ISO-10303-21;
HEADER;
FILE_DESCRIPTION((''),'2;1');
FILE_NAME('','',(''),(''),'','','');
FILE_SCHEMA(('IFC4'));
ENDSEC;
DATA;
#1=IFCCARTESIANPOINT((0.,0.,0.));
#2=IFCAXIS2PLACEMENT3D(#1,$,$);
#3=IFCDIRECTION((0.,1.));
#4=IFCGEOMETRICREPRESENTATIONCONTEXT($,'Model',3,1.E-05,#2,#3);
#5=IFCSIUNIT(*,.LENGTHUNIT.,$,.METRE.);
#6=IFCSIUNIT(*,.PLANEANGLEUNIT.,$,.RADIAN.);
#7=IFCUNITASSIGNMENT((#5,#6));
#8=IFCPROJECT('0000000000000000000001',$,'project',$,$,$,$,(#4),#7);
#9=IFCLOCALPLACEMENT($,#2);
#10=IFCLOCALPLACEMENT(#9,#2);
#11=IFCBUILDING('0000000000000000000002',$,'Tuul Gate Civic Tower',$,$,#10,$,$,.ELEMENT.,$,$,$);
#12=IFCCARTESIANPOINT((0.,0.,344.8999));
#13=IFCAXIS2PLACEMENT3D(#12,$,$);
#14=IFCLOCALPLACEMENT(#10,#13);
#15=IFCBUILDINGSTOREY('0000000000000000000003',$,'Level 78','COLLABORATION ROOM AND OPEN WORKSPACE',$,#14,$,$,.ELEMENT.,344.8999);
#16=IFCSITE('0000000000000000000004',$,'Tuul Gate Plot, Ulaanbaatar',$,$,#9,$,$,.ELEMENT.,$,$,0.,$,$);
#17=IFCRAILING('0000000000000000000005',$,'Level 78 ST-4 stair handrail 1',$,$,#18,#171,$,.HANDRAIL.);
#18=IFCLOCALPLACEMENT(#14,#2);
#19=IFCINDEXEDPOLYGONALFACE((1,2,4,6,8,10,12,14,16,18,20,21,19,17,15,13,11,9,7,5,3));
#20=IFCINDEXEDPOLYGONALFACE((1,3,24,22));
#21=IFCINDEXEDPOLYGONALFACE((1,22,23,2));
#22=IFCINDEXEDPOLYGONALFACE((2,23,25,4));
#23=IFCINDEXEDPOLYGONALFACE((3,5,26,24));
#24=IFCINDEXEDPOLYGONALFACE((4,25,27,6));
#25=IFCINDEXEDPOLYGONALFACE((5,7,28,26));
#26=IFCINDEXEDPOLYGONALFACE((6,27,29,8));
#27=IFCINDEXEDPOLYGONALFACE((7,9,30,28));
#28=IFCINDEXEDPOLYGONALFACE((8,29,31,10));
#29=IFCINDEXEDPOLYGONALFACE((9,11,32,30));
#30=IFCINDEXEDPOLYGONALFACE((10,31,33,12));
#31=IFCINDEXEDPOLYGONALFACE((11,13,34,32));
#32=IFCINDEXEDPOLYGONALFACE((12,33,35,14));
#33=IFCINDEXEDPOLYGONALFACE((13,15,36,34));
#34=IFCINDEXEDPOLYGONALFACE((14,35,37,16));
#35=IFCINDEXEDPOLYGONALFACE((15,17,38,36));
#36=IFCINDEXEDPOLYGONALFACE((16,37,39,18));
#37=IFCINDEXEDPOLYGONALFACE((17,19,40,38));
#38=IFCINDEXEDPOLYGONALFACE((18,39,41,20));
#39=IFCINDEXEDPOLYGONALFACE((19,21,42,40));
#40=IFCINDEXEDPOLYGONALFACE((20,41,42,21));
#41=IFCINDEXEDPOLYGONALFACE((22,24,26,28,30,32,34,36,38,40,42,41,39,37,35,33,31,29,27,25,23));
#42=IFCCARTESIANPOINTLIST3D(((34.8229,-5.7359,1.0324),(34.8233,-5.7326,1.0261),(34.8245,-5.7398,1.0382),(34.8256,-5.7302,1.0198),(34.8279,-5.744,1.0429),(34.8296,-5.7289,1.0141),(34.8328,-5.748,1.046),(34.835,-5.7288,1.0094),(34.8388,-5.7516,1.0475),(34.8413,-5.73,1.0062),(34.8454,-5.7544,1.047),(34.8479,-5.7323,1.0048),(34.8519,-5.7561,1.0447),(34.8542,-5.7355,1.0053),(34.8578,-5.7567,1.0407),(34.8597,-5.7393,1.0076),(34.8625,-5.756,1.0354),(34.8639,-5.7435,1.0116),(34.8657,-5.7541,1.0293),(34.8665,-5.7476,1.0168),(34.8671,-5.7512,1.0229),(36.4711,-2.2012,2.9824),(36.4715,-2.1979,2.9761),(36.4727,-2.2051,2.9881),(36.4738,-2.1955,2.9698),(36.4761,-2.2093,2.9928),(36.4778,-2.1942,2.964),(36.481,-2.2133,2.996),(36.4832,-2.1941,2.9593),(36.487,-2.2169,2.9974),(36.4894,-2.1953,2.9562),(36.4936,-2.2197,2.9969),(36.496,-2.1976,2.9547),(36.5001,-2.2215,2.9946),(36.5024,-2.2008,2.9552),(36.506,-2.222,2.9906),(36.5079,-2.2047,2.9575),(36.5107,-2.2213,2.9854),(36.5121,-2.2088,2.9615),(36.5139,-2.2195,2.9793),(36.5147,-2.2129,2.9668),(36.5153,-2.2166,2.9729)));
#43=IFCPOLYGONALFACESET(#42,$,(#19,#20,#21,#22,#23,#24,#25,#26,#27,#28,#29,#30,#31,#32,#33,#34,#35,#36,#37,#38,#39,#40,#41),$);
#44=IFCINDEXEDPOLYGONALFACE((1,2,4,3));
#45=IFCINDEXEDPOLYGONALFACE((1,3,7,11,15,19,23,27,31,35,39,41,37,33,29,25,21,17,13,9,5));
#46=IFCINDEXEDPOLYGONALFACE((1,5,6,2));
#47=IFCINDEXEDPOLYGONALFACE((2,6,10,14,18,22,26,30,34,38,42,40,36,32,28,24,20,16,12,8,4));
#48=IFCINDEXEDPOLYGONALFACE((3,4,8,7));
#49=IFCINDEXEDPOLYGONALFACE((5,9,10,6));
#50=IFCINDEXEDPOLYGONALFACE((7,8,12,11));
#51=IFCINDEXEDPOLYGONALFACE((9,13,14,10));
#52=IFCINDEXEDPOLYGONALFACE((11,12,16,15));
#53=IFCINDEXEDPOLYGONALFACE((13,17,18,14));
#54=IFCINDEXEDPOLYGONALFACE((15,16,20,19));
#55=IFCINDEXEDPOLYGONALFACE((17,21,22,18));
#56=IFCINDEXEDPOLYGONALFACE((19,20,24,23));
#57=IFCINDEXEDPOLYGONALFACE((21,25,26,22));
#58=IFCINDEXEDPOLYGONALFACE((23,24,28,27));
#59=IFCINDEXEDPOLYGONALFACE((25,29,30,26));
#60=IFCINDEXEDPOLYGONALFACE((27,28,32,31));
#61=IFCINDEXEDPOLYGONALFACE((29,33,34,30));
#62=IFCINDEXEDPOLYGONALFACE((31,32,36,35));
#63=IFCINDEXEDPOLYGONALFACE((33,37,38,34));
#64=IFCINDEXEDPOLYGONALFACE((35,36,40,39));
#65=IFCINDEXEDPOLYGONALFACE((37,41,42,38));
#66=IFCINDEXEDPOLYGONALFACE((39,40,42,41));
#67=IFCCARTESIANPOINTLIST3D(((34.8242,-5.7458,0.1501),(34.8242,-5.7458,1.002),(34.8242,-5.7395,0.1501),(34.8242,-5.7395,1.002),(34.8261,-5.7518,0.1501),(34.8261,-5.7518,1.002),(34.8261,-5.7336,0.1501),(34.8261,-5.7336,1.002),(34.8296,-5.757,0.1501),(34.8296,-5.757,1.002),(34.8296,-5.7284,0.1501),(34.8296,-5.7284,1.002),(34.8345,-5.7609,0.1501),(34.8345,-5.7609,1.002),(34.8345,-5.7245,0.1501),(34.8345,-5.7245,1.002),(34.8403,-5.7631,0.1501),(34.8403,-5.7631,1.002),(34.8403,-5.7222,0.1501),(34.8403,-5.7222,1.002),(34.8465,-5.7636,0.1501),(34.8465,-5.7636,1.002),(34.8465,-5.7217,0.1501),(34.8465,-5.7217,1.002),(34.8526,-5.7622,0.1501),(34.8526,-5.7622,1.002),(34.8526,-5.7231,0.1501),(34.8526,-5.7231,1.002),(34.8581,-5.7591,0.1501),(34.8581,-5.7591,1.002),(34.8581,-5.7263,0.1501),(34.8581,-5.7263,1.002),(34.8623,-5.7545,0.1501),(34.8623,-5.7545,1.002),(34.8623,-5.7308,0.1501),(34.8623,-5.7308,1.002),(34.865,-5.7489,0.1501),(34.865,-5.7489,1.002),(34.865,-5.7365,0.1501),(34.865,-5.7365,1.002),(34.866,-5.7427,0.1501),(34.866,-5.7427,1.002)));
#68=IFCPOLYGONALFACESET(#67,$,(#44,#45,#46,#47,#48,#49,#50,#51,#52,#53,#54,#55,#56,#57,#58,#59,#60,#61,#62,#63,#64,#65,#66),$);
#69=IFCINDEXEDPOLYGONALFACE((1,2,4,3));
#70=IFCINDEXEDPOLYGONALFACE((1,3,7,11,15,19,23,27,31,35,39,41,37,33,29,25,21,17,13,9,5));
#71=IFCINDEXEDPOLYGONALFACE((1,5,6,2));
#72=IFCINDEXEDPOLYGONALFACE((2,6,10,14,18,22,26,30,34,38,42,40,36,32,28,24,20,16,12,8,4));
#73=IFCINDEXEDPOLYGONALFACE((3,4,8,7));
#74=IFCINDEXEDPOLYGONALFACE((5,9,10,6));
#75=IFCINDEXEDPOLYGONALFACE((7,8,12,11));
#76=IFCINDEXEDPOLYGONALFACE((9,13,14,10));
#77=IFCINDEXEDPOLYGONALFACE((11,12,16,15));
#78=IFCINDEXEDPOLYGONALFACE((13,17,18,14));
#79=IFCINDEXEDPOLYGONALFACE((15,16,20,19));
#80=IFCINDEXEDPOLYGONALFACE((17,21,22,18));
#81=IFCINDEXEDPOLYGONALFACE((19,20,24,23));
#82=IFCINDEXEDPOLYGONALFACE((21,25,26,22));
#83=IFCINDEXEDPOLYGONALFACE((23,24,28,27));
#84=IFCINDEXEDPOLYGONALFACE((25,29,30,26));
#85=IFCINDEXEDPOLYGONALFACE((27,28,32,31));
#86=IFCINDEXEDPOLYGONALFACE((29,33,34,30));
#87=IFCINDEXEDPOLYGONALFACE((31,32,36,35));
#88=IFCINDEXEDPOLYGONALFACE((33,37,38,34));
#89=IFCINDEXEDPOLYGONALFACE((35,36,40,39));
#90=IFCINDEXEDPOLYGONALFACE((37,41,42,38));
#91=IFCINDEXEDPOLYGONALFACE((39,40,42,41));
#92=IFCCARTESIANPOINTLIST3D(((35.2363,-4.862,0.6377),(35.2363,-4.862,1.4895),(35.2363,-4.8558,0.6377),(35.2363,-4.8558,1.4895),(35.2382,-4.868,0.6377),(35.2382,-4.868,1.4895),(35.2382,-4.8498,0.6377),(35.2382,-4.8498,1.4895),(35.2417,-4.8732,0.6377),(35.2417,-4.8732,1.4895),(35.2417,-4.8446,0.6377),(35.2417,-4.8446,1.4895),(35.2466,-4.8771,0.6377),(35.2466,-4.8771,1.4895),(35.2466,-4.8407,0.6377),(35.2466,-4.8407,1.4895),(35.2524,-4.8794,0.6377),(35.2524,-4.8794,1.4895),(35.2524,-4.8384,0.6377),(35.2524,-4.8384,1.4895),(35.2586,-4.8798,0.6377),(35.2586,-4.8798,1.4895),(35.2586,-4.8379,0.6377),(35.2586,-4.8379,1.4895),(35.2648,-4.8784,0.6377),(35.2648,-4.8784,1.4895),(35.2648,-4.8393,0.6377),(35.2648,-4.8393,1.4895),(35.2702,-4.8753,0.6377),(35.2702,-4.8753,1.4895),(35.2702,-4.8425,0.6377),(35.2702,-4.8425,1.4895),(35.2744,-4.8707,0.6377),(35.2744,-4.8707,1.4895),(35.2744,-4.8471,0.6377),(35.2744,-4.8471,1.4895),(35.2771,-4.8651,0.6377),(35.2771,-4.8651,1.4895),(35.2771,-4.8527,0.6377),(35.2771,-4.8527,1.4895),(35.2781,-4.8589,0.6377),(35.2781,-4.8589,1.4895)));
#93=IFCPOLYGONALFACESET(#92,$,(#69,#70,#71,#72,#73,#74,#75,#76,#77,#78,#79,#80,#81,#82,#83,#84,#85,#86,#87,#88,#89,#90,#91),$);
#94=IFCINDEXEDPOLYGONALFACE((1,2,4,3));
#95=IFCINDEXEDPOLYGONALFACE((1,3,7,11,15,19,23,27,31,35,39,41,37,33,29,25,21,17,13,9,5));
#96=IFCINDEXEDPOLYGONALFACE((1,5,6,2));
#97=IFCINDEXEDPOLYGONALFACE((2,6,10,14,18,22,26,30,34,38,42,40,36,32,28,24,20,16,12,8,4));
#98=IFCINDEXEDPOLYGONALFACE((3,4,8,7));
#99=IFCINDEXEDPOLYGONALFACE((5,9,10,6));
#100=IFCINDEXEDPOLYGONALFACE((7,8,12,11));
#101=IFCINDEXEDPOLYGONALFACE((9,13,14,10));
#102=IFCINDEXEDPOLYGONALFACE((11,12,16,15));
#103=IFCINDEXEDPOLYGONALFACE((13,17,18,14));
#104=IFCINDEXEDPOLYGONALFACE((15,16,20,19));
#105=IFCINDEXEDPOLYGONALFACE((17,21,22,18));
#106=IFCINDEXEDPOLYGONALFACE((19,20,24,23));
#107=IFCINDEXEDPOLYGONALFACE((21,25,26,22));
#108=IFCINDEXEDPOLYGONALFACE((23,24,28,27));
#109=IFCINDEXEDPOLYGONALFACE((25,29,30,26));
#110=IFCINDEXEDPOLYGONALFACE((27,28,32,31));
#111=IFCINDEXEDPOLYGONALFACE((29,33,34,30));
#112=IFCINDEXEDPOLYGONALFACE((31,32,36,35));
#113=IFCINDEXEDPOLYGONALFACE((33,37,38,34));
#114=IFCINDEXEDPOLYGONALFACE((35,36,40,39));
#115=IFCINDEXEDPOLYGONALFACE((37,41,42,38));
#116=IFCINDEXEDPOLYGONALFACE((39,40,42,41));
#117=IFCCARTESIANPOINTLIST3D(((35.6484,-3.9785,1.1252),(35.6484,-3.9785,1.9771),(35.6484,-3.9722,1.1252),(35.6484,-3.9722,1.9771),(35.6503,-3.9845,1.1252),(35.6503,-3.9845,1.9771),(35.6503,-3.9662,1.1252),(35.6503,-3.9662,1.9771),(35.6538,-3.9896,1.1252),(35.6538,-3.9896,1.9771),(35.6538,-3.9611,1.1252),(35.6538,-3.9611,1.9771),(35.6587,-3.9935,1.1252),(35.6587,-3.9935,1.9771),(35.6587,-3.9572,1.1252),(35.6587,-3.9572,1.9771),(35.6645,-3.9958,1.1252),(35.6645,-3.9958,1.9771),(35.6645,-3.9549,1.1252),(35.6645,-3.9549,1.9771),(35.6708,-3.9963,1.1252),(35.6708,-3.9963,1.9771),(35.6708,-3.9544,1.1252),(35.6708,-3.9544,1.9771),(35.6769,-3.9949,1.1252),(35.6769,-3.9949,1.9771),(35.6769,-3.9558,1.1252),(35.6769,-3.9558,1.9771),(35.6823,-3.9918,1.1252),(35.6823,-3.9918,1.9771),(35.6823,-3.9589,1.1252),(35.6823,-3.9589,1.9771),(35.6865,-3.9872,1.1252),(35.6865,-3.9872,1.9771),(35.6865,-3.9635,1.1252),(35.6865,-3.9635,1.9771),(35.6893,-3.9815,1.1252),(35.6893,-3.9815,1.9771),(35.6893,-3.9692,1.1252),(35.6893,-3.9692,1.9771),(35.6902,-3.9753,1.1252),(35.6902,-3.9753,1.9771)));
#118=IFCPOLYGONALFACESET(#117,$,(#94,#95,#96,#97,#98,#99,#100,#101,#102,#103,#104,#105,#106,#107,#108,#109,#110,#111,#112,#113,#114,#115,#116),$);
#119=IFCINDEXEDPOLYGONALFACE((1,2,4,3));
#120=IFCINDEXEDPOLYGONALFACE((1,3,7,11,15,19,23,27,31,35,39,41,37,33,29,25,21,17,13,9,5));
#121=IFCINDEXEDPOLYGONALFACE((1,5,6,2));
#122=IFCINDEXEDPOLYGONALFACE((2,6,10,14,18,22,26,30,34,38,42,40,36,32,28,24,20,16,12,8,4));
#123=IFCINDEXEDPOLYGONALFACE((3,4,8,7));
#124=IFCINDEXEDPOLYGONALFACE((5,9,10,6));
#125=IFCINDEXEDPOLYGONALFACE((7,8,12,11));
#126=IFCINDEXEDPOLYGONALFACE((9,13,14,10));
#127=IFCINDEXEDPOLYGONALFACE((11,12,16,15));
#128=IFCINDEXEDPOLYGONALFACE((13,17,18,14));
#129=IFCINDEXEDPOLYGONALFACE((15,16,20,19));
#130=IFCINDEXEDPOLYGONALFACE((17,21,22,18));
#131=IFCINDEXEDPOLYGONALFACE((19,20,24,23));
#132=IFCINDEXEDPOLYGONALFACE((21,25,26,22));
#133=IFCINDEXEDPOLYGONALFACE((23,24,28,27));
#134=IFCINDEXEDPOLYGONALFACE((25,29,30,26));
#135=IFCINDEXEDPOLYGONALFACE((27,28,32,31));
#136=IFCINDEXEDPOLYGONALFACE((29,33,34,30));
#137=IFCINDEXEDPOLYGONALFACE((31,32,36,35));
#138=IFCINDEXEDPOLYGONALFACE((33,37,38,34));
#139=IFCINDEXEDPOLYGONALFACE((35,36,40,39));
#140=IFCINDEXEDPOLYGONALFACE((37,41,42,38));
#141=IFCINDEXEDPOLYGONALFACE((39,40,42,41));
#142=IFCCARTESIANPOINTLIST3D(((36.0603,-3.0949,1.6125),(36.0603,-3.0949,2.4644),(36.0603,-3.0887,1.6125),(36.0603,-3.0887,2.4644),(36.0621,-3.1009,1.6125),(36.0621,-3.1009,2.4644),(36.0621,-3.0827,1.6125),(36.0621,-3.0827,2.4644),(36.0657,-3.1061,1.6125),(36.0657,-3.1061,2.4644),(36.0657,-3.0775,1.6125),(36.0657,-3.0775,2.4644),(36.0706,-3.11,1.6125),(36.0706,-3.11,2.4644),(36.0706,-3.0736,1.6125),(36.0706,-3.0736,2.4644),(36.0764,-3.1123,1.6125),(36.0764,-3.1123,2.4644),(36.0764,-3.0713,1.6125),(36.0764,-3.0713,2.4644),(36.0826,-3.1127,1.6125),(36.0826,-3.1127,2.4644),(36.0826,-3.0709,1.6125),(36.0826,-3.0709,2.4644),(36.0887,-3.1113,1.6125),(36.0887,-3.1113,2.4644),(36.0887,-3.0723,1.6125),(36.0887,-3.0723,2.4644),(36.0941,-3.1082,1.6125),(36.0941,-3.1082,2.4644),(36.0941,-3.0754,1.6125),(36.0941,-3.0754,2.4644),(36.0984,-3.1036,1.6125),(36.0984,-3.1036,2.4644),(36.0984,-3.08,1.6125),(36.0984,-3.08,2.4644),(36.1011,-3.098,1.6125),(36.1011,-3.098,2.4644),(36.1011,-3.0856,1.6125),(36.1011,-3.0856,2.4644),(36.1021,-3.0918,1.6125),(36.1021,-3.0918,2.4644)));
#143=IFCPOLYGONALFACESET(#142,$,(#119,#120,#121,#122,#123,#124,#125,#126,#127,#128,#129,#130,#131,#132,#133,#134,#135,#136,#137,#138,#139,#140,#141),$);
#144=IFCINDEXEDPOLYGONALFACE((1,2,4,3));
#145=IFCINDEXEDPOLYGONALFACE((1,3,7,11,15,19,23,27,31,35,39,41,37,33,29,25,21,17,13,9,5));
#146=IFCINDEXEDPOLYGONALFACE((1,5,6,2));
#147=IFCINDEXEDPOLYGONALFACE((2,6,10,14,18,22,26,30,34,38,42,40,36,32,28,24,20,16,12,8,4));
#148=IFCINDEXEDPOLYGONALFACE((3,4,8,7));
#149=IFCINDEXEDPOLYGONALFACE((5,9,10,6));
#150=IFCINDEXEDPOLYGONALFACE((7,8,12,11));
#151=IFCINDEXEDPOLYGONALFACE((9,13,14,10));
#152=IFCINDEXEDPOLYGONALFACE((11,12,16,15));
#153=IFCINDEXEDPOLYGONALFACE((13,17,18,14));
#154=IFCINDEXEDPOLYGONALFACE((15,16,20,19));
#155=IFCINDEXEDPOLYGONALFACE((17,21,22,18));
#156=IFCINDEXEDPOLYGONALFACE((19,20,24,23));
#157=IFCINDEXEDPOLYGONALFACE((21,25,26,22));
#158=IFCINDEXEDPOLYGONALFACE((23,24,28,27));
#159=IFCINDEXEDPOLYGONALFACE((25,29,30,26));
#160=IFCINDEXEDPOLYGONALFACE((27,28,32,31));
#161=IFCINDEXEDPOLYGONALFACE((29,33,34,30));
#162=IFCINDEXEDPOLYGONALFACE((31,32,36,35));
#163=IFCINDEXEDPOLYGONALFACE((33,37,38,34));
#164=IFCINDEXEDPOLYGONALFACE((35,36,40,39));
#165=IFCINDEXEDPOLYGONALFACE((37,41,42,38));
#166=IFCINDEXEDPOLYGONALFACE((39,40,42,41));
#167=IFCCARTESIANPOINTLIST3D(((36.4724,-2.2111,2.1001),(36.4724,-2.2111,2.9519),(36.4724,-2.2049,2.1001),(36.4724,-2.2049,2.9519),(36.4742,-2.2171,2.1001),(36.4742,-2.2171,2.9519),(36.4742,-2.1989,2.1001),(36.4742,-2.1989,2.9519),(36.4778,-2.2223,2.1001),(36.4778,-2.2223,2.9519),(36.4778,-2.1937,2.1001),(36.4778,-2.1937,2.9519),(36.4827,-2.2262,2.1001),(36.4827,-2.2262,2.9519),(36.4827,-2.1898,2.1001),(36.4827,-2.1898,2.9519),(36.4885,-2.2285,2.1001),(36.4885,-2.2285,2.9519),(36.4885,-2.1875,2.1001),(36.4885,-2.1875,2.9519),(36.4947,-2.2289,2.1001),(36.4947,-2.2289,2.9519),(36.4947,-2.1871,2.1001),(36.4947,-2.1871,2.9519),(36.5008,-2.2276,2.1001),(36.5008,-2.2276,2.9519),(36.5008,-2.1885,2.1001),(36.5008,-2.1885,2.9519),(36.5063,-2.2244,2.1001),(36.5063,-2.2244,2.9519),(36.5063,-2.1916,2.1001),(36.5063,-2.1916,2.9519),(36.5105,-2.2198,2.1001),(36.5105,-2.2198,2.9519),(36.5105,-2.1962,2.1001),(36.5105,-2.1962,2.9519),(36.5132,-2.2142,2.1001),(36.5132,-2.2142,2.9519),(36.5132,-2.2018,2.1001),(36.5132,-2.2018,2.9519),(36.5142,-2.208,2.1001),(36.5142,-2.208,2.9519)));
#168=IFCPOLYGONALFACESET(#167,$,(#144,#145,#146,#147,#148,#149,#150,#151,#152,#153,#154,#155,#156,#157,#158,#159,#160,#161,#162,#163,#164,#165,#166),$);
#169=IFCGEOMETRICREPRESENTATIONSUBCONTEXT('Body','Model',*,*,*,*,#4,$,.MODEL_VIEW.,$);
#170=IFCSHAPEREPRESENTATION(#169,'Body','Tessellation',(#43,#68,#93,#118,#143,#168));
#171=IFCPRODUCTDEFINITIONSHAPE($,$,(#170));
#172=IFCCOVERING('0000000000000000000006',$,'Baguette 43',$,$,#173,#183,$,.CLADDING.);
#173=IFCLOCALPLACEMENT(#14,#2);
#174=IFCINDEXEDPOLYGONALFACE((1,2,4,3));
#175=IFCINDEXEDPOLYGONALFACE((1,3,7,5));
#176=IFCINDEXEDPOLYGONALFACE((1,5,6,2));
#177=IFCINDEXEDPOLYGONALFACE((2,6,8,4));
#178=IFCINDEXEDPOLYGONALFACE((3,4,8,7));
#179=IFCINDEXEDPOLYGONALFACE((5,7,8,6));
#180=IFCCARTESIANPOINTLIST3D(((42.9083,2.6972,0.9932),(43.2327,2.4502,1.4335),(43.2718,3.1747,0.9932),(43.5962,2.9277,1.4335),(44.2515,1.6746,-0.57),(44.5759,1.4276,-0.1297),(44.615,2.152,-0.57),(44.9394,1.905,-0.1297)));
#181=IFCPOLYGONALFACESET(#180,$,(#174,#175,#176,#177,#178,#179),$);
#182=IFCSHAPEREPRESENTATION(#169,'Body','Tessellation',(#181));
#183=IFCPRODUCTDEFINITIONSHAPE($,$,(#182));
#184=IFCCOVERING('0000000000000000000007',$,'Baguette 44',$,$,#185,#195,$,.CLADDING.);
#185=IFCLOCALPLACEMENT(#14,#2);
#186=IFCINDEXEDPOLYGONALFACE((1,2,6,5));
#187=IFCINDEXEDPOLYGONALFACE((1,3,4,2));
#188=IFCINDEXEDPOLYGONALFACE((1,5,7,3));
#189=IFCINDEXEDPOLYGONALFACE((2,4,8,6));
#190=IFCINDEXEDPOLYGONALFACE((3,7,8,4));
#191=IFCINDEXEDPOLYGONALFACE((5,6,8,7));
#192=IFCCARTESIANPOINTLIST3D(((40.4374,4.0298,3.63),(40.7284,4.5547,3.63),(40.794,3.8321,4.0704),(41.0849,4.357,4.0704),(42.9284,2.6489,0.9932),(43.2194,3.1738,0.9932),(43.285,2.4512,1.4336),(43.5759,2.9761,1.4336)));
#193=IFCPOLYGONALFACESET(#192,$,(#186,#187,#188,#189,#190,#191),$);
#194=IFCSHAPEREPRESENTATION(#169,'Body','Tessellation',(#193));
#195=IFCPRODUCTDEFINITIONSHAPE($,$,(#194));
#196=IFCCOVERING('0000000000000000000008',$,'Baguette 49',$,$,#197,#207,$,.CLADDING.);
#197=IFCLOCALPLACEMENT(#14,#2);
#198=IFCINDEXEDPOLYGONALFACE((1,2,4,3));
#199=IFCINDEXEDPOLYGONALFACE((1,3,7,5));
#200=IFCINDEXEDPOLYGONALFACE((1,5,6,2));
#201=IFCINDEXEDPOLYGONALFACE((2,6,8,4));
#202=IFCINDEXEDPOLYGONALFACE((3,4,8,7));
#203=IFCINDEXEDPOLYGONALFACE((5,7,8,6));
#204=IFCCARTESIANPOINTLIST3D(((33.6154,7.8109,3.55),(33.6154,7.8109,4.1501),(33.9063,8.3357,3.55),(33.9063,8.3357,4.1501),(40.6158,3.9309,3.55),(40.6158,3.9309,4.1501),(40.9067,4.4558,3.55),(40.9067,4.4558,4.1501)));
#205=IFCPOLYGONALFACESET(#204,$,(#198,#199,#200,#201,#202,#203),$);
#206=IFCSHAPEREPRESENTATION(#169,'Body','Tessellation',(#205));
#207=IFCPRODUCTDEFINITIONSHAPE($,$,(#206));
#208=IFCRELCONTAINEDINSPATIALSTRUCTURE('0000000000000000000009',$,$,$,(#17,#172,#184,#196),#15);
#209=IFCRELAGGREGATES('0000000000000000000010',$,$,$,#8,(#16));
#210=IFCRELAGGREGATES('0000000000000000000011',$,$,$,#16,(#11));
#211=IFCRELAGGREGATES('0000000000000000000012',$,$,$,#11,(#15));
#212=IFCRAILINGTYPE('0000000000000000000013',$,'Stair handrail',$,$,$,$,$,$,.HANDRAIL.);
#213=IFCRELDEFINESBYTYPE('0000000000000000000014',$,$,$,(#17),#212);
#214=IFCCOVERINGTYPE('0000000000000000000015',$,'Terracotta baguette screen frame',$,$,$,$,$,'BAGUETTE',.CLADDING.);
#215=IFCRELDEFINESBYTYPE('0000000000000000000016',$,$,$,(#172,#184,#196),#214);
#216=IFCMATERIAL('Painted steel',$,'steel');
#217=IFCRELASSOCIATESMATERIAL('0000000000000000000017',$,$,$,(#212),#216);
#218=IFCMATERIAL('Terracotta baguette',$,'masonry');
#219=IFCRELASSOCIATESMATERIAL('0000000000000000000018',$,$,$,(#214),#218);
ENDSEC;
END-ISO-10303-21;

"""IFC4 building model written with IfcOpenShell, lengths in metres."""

from ifc_helpers import new_model, si_unit, direction, frame, origin, origin_2d, place, context, subcontext, project, spatial, rectangle, circle, extrude, material, material_profile, profile_set, type_object, element, save


model = new_model("IFC4")

# Units and contexts
model_context = context("Model", 3, precision=1e-05, world=origin(), true_north=direction((0.0, 1.0)))
body_context = subcontext(model_context, "Body", "Model", "MODEL_VIEW")
ifc_project = project(units=[si_unit("LENGTHUNIT", "METRE"), si_unit("PLANEANGLEUNIT", "RADIAN")], contexts=[model_context])

# Site, building, storey
site_placement = place(None, origin())
site = spatial("IfcSite", under=ifc_project, at=site_placement, Name="Tuul Gate Plot, Ulaanbaatar", CompositionType="ELEMENT", RefElevation=0.0)
building_placement = place(site_placement, origin())
building = spatial("IfcBuilding", under=site, at=building_placement, Name="Tuul Gate Civic Tower", CompositionType="ELEMENT")
storey_placement = place(building_placement, frame((0.0, 0.0, 344.8999)))
storey = spatial("IfcBuildingStorey", under=building, at=storey_placement, Name="Level 78", Description="COLLABORATION ROOM AND OPEN WORKSPACE", CompositionType="ELEMENT", Elevation=344.8999)

# Railing
ifc_material_1 = material(Name="Painted steel", Category="steel")
railing_type = type_object("IfcRailingType", Name="Stair handrail", PredefinedType="HANDRAIL", material=ifc_material_1)
railing_placement = place(storey_placement, frame((34.845, -5.7427, 0.1501)))
element("IfcRailing", 1, at=railing_placement, inside=storey, type_object=railing_type, Name="Level 78 ST-4 stair handrail 1", PredefinedType="HANDRAIL", context=body_context, shape_type="SweptSolid", body=[
    extrude(circle(Radius=0.0239, at=origin_2d()), frame((0.0, 0.0, 0.876), z_axis=(0.377995, 0.810637, 0.4472), x_axis=(-0.906313, 0.422608, 0.0)), (0.0, 0.0, 1.0), 4.3604),
    extrude(circle(Radius=0.021, at=origin_2d()), origin(), (0.0, 0.0, 1.0), 0.8518),
    extrude(circle(Radius=0.021, at=origin_2d()), frame((0.4121, 0.8838, 0.4875)), (0.0, 0.0, 1.0), 0.8518),
    extrude(circle(Radius=0.021, at=origin_2d()), frame((0.8242, 1.7673, 0.9751)), (0.0, 0.0, 1.0), 0.8518),
    extrude(circle(Radius=0.021, at=origin_2d()), frame((1.2361, 2.6509, 1.4624)), (0.0, 0.0, 1.0), 0.8518),
    extrude(circle(Radius=0.021, at=origin_2d()), frame((1.6482, 3.5347, 1.95)), (0.0, 0.0, 1.0), 0.8518),
])

# Coverings
ifc_material_2 = material(Name="Terracotta baguette", Category="masonry")
ifc_material_profile_1 = material_profile(ifc_material_2, rectangle(XDim=0.6001, YDim=0.6001, at=origin_2d()), Name="Terracotta baguette screen frame")
ifc_profile_set_1 = profile_set([ifc_material_profile_1], Name="Terracotta baguette")
covering_type = type_object("IfcCoveringType", Name="Terracotta baguette screen frame", ElementType="BAGUETTE", PredefinedType="CLADDING", material=ifc_profile_set_1)
covering_1_placement = place(storey_placement, frame((44.5955, 1.7898, -0.3499), z_axis=(-0.583808, 0.444487, 0.679411), x_axis=(-0.605769, -0.795641, 0.0)))
element("IfcCovering", 2, at=covering_1_placement, inside=storey, type_object=covering_type, Name="Baguette 43", PredefinedType="CLADDING", context=body_context, shape_type="SweptSolid", body=[
    extrude(rectangle(XDim=0.6001, YDim=0.6001, at=origin_2d()), origin(), (0.0, 0.0, 1.0), 2.3008),
])
covering_2_placement = place(storey_placement, frame((43.2522, 2.8125, 1.2134), z_axis=(-0.641798, 0.355778, 0.679351), x_axis=(-0.484835, -0.874606, 0.0)))
element("IfcCovering", 3, at=covering_2_placement, inside=storey, type_object=covering_type, Name="Baguette 44", PredefinedType="CLADDING", context=body_context, shape_type="SweptSolid", body=[
    extrude(rectangle(XDim=0.6001, YDim=0.6001, at=origin_2d()), origin(), (0.0, 0.0, 1.0), 3.8813),
])
covering_3_placement = place(storey_placement, frame((40.7612, 4.1934, 3.8501), z_axis=(-0.874642, 0.48477, 0.0), x_axis=(-0.48477, -0.874642, 0.0)))
element("IfcCovering", 4, at=covering_3_placement, inside=storey, type_object=covering_type, Name="Baguette 49", PredefinedType="CLADDING", context=body_context, shape_type="SweptSolid", body=[
    extrude(rectangle(XDim=0.6001, YDim=0.6001, at=origin_2d()), origin(), (0.0, 0.0, 1.0), 8.0037),
])

save(model, "model.ifc")
